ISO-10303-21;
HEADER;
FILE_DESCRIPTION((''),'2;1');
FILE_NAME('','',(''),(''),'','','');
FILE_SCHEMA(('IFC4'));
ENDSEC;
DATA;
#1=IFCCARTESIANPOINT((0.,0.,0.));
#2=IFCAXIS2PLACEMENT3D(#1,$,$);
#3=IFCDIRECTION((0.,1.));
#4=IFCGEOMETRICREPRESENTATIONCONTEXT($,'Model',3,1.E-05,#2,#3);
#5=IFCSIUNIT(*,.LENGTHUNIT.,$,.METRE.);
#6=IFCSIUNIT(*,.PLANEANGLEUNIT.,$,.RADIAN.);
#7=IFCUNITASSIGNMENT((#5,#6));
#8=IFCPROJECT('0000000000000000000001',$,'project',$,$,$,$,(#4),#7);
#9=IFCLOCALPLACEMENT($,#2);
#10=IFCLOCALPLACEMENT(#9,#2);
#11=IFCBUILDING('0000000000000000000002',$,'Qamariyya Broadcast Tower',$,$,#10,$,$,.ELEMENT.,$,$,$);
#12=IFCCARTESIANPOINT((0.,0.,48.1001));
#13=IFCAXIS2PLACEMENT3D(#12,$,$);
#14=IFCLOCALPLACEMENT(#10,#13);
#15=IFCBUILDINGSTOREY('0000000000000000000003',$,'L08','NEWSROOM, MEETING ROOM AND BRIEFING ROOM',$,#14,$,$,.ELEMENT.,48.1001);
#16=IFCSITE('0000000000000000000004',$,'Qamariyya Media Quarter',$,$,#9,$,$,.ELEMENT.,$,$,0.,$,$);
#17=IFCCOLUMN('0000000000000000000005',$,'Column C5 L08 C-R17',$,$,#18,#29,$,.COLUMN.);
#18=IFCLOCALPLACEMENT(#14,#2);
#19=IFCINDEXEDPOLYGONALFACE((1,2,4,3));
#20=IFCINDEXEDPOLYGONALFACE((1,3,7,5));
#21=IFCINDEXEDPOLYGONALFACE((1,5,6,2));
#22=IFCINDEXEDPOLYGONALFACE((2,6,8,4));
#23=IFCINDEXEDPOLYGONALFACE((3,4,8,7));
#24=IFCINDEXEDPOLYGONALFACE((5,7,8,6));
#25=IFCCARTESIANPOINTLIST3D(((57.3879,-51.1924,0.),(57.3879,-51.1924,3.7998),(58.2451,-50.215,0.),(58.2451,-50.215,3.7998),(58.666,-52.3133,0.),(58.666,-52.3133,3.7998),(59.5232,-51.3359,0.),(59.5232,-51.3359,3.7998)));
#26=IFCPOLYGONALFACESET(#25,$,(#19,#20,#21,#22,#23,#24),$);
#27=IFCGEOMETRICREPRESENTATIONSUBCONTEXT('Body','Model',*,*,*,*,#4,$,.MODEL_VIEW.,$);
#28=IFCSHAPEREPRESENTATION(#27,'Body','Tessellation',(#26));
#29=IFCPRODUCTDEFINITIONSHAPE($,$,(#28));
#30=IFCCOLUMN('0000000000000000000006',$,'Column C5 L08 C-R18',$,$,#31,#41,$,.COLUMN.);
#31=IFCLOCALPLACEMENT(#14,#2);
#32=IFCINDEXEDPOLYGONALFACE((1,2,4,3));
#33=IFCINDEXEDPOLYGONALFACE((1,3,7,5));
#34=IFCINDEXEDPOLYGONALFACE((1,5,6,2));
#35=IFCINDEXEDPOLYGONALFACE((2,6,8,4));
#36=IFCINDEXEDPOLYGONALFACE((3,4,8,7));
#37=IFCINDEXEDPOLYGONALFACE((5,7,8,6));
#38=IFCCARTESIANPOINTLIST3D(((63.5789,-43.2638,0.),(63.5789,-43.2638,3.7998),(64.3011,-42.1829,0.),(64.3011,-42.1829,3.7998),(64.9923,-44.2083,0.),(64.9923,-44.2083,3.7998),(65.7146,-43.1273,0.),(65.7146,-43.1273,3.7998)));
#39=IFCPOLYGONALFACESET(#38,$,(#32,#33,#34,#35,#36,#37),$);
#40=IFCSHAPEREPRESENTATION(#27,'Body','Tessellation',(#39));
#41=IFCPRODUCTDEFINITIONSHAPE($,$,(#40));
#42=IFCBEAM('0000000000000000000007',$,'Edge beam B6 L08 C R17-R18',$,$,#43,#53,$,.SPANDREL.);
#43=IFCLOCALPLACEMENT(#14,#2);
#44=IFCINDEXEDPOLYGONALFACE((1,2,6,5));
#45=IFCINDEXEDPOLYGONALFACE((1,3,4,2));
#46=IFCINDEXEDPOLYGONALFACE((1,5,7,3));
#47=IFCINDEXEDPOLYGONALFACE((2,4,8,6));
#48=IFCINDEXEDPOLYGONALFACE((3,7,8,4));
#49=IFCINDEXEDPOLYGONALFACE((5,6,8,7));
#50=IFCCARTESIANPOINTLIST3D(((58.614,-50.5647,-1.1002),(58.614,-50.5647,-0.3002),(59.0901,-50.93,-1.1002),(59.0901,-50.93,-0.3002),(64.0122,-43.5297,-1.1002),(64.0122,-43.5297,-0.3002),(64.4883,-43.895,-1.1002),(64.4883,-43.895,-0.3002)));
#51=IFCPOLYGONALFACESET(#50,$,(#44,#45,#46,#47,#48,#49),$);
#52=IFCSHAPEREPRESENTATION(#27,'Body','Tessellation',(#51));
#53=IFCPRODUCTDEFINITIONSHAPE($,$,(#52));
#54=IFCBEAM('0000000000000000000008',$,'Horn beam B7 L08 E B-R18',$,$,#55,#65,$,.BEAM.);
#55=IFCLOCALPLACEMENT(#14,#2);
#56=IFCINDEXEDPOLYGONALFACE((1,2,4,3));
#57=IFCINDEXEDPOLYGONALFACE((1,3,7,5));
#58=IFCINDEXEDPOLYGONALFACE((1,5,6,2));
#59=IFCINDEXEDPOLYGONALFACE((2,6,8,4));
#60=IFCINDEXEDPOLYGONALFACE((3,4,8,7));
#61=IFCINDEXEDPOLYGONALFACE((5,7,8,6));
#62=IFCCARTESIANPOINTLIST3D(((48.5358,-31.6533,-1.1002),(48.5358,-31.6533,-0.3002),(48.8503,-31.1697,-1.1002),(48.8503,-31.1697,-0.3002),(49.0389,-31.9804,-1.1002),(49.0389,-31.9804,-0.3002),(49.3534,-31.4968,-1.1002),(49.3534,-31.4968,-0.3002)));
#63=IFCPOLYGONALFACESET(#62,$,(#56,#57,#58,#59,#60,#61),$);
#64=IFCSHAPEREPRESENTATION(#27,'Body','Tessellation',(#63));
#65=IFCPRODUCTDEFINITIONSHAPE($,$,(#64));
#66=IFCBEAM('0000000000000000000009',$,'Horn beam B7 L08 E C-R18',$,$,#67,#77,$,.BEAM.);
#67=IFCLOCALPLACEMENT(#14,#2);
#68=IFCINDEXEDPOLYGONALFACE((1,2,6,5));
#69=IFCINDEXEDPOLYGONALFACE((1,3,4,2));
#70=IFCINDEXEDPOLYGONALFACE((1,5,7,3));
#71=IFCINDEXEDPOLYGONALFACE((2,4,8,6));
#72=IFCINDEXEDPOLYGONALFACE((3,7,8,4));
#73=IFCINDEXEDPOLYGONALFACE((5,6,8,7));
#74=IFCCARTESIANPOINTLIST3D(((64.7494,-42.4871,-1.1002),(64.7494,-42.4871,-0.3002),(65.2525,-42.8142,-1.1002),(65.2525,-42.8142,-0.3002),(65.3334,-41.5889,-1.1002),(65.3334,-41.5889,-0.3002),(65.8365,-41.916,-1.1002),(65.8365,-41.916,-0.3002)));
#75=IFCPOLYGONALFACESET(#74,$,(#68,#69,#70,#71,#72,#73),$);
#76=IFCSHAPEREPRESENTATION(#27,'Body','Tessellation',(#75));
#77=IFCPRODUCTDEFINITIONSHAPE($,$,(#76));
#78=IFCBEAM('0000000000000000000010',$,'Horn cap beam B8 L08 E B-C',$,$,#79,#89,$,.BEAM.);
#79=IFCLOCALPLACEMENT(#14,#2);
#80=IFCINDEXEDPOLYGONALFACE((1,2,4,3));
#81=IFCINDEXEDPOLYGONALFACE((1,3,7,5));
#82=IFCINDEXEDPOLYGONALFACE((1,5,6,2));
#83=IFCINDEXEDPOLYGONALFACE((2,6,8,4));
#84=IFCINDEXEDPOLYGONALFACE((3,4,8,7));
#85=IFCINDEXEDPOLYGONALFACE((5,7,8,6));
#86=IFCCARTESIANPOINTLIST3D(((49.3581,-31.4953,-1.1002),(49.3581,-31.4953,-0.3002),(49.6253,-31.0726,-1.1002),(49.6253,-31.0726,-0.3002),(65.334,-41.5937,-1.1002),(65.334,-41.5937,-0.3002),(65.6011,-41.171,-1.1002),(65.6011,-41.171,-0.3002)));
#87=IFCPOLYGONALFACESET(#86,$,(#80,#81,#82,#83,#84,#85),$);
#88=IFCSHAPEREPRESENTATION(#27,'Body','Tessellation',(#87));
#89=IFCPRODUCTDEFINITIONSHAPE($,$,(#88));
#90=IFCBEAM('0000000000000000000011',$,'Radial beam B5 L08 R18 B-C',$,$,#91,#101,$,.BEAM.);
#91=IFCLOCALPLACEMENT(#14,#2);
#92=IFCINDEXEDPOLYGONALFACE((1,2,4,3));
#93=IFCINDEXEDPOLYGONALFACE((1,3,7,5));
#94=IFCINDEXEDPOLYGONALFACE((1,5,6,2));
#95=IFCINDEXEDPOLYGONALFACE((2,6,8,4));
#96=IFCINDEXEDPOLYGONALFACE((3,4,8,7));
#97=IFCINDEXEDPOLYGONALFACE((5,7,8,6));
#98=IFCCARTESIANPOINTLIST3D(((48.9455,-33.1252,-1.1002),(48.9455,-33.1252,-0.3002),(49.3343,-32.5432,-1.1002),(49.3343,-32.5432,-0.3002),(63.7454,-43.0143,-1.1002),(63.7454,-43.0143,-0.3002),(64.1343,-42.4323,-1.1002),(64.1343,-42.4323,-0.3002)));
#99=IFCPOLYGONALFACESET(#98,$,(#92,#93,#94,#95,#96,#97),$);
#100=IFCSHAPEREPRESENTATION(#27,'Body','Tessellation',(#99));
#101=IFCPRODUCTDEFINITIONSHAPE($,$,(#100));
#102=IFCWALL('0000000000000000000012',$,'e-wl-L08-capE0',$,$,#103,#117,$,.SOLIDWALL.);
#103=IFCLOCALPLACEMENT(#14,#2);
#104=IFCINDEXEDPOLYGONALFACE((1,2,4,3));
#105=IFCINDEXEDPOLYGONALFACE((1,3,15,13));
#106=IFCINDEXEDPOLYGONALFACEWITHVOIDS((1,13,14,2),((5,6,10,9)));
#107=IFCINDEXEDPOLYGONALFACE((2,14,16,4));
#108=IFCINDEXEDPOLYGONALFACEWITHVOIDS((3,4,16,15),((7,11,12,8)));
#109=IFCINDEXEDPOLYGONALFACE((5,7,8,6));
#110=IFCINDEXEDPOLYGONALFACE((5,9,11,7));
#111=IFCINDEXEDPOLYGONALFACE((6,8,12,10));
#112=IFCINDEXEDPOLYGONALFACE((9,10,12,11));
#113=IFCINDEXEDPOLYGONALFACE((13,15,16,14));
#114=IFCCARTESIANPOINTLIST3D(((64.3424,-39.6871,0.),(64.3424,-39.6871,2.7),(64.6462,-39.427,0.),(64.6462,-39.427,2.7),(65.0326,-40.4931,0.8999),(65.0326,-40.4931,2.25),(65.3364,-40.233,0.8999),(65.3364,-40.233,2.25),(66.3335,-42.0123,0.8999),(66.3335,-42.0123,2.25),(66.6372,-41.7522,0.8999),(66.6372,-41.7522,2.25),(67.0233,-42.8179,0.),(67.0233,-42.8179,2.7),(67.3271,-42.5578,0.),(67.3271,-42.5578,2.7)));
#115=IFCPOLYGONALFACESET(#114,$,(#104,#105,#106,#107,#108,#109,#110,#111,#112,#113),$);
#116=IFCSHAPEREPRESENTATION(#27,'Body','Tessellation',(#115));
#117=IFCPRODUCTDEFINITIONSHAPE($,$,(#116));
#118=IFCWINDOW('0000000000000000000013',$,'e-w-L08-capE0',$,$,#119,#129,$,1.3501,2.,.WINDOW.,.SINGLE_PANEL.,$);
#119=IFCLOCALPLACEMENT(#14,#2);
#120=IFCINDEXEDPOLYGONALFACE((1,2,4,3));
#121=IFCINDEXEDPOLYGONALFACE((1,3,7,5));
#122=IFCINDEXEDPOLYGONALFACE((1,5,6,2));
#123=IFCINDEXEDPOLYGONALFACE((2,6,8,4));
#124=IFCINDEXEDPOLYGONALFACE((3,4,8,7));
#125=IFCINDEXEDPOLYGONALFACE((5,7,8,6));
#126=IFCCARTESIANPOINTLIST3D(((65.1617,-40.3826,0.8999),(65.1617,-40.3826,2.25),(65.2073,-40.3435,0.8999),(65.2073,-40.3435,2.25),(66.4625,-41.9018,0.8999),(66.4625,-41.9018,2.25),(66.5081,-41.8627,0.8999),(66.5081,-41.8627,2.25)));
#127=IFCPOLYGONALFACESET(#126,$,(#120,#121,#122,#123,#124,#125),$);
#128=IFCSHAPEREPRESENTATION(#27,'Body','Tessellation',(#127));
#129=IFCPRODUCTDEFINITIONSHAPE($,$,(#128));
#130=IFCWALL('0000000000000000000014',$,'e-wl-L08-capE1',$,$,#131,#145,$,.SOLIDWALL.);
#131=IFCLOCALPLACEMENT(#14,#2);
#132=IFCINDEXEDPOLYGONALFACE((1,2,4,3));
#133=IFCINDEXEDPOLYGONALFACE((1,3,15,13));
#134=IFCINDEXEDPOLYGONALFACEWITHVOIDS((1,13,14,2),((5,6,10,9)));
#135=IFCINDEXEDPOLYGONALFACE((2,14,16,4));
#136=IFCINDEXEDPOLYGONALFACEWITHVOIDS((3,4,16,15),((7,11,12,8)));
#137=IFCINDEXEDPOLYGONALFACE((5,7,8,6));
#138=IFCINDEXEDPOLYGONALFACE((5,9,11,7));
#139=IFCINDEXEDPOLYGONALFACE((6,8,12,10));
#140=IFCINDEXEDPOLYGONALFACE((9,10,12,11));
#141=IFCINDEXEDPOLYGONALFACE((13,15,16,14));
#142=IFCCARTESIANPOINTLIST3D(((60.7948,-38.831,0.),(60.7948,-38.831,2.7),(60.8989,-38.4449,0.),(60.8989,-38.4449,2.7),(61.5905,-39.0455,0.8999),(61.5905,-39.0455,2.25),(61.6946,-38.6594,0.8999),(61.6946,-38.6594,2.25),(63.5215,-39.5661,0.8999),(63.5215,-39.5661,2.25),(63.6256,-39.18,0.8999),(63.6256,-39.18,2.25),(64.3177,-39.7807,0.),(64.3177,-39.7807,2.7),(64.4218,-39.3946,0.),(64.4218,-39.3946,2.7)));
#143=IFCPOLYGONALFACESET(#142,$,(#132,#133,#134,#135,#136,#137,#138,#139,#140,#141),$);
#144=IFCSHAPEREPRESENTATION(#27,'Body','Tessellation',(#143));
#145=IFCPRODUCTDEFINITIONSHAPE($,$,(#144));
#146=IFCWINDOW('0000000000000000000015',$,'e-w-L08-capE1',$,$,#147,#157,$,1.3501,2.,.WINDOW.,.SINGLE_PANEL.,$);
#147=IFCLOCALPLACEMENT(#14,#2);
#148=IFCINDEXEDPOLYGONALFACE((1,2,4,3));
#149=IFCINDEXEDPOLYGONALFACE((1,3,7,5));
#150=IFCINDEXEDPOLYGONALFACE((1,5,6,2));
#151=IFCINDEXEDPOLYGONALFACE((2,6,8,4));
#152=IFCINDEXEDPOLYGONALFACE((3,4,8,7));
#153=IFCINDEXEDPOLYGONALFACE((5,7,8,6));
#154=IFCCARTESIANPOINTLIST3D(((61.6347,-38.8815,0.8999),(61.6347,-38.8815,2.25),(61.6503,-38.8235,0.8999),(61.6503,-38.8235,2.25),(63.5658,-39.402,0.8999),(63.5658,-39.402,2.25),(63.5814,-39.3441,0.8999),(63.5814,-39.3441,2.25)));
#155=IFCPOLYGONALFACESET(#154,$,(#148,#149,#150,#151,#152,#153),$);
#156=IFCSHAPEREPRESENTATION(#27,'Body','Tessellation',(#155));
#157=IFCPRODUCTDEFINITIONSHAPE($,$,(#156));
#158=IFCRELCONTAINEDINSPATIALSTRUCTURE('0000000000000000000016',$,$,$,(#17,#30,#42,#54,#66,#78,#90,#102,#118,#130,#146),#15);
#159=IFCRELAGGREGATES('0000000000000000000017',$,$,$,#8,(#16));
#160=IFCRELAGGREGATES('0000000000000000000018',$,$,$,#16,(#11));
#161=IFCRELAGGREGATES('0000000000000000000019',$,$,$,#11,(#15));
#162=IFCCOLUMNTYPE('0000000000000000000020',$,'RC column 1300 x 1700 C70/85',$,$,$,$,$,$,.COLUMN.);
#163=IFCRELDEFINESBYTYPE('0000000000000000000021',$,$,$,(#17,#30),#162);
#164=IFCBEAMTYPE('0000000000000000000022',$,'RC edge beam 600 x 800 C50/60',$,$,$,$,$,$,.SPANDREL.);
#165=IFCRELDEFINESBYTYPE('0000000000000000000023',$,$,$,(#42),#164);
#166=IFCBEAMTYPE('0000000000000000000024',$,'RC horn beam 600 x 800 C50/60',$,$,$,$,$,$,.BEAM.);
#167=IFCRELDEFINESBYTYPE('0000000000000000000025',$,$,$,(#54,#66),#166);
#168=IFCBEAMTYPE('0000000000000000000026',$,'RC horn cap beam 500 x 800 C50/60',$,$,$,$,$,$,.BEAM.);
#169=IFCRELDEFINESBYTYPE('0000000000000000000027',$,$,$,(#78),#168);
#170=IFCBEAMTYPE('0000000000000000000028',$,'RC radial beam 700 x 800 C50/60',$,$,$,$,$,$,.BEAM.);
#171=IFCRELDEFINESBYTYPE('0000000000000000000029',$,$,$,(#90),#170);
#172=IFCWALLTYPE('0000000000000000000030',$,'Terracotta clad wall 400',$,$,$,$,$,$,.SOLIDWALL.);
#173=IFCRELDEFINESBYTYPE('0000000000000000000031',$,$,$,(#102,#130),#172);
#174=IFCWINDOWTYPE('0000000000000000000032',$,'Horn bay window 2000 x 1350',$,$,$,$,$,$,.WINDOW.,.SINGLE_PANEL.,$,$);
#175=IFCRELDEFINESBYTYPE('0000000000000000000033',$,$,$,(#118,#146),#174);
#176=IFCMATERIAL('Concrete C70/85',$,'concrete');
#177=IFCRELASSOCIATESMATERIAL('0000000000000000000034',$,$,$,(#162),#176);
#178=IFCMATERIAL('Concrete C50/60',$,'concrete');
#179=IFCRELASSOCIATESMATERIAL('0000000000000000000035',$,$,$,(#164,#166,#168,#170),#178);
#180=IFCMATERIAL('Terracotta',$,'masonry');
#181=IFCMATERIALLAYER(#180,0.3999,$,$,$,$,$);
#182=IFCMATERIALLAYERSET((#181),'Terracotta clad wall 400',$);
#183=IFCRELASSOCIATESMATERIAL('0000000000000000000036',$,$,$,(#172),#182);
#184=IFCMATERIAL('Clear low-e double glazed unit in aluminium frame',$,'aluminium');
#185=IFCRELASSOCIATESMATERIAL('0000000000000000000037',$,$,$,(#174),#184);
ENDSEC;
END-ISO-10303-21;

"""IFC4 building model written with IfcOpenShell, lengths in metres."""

from ifc_helpers import new_model, si_unit, direction, frame, frame_2d, origin, origin_2d, place, context, subcontext, project, spatial, rectangle, extrude, material, layer, layer_set, material_profile, profile_set, type_object, element, fill, save


model = new_model("IFC4")

# Units and contexts
model_context = context("Model", 3, precision=1e-05, world=origin(), true_north=direction((0.0, 1.0)))
body_context = subcontext(model_context, "Body", "Model", "MODEL_VIEW")
ifc_project = project(units=[si_unit("LENGTHUNIT", "METRE"), si_unit("PLANEANGLEUNIT", "RADIAN")], contexts=[model_context])

# Site, building, storey
site_placement = place(None, origin())
site = spatial("IfcSite", under=ifc_project, at=site_placement, Name="Qamariyya Media Quarter", CompositionType="ELEMENT", RefElevation=0.0)
building_placement = place(site_placement, origin())
building = spatial("IfcBuilding", under=site, at=building_placement, Name="Qamariyya Broadcast Tower", CompositionType="ELEMENT")
storey_placement = place(building_placement, frame((0.0, 0.0, 48.1001)))
storey = spatial("IfcBuildingStorey", under=building, at=storey_placement, Name="L08", Description="NEWSROOM, MEETING ROOM AND BRIEFING ROOM", CompositionType="ELEMENT", Elevation=48.1001)

# Columns
ifc_material_1 = material(Name="Concrete C70/85", Category="concrete")
ifc_material_profile_1 = material_profile(ifc_material_1, rectangle(XDim=1.3, YDim=1.7, at=origin_2d()))
ifc_profile_set_1 = profile_set([ifc_material_profile_1], Name="Concrete C70/85")
column_type = type_object("IfcColumnType", Name="RC column 1300 x 1700 C70/85", PredefinedType="COLUMN", material=ifc_profile_set_1)
for number, where, z_axis, x_axis, name in (
    (1, (58.4556, -51.2642, 0.0), (0.0, 0.0, 1.0), (0.659346, 0.75184, 0.0), "Column C5 L08 C-R17"),
    (2, (64.6467, -43.1956, 0.0), (0.0, 0.0, 1.0), (0.55557, 0.83147, 0.0), "Column C5 L08 C-R18"),
):
    element("IfcColumn", number, at=place(storey_placement, frame(where, z_axis=z_axis, x_axis=x_axis)), inside=storey, type_object=column_type, Name=name, PredefinedType="COLUMN", context=body_context, shape_type="SweptSolid", body=[
        extrude(rectangle(XDim=1.3, YDim=1.7, at=origin_2d()), origin(), (0.0, 0.0, 1.0), 3.7998),
    ])

# Beams
ifc_material_2 = material(Name="Concrete C50/60", Category="concrete")
ifc_material_profile_2 = material_profile(ifc_material_2, rectangle(XDim=0.6001, YDim=0.8, at=origin_2d()))
ifc_profile_set_2 = profile_set([ifc_material_profile_2], Name="Concrete C50/60")
beam_type_1 = type_object("IfcBeamType", Name="RC edge beam 600 x 800 C50/60", PredefinedType="SPANDREL", material=ifc_profile_set_2)
beam_1_placement = place(storey_placement, frame((58.8521, -50.7473, -0.7002), z_axis=(0.60877, 0.793347, 0.0), x_axis=(-0.793347, 0.60877, 0.0)))
element("IfcBeam", 3, at=beam_1_placement, inside=storey, type_object=beam_type_1, Name="Edge beam B6 L08 C R17-R18", PredefinedType="SPANDREL", context=body_context, shape_type="SweptSolid", body=[
    extrude(rectangle(XDim=0.6001, YDim=0.8, at=origin_2d()), origin(), (0.0, 0.0, 1.0), 8.8674),
])
ifc_material_profile_3 = material_profile(ifc_material_2, rectangle(XDim=0.6001, YDim=0.8, at=origin_2d()))
ifc_profile_set_3 = profile_set([ifc_material_profile_3], Name="Concrete C50/60")
beam_type_2 = type_object("IfcBeamType", Name="RC horn beam 600 x 800 C50/60", PredefinedType="BEAM", material=ifc_profile_set_3)
beam_2_placement = place(storey_placement, frame((48.7874, -31.8169, -0.7002), z_axis=(0.545092, 0.838376, 0.0), x_axis=(-0.838376, 0.545092, 0.0)))
element("IfcBeam", 4, at=beam_2_placement, inside=storey, type_object=beam_type_2, Name="Horn beam B7 L08 E B-R18", PredefinedType="BEAM", context=body_context, shape_type="SweptSolid", body=[
    extrude(rectangle(XDim=0.6001, YDim=0.8, at=origin_2d()), origin(), (0.0, 0.0, 1.0), 0.5769),
])
beam_3_placement = place(storey_placement, frame((65.001, -42.6506, -0.7002), z_axis=(0.545092, 0.838376, 0.0), x_axis=(-0.838376, 0.545092, 0.0)))
element("IfcBeam", 5, at=beam_3_placement, inside=storey, type_object=beam_type_2, Name="Horn beam B7 L08 E C-R18", PredefinedType="BEAM", context=body_context, shape_type="SweptSolid", body=[
    extrude(rectangle(XDim=0.6001, YDim=0.8, at=origin_2d()), origin(), (0.0, 0.0, 1.0), 1.0713),
])
ifc_material_profile_4 = material_profile(ifc_material_2, rectangle(XDim=0.5, YDim=0.8, at=origin_2d()))
ifc_profile_set_4 = profile_set([ifc_material_profile_4], Name="Concrete C50/60")
beam_type_3 = type_object("IfcBeamType", Name="RC horn cap beam 500 x 800 C50/60", PredefinedType="BEAM", material=ifc_profile_set_4)
beam_4_placement = place(storey_placement, frame((49.4917, -31.2839, -0.7002), z_axis=(0.845288, -0.53431, 0.0), x_axis=(0.53431, 0.845288, 0.0)))
element("IfcBeam", 6, at=beam_4_placement, inside=storey, type_object=beam_type_3, Name="Horn cap beam B8 L08 E B-C", PredefinedType="BEAM", context=body_context, shape_type="SweptSolid", body=[
    extrude(rectangle(XDim=0.5, YDim=0.8, at=origin_2d()), origin(), (0.0, 0.0, 1.0), 18.8999),
])
ifc_material_profile_5 = material_profile(ifc_material_2, rectangle(XDim=0.7, YDim=0.8, at=origin_2d()))
ifc_profile_set_5 = profile_set([ifc_material_profile_5], Name="Concrete C50/60")
beam_type_4 = type_object("IfcBeamType", Name="RC radial beam 700 x 800 C50/60", PredefinedType="BEAM", material=ifc_profile_set_5)
beam_5_placement = place(storey_placement, frame((49.1399, -32.8342, -0.7002), z_axis=(0.831467, -0.555573, 0.0), x_axis=(0.555573, 0.831467, 0.0)))
element("IfcBeam", 7, at=beam_5_placement, inside=storey, type_object=beam_type_4, Name="Radial beam B5 L08 R18 B-C", PredefinedType="BEAM", context=body_context, shape_type="SweptSolid", body=[
    extrude(rectangle(XDim=0.7, YDim=0.8, at=origin_2d()), origin(), (0.0, 0.0, 1.0), 17.7998),
])

# Walls, openings, windows
ifc_material_3 = material(Name="Terracotta", Category="masonry")
ifc_layer = layer(ifc_material_3, 0.3999)
ifc_layer_set = layer_set([ifc_layer], Name="Terracotta clad wall 400")
wall_type = type_object("IfcWallType", Name="Terracotta clad wall 400", PredefinedType="SOLIDWALL", material=ifc_layer_set)
wall_1_placement = place(storey_placement, frame((67.1753, -42.688, 0.0), z_axis=(0.0, 0.0, 1.0), x_axis=(-0.650416, 0.759578, 0.0)))
wall_1 = element("IfcWall", 8, at=wall_1_placement, inside=storey, type_object=wall_type, Name="e-wl-L08-capE0", PredefinedType="SOLIDWALL", context=body_context, shape_type="SweptSolid", body=[
    extrude(rectangle(XDim=4.1218, YDim=0.3999, at=frame_2d((2.061, 0.0))), origin(), (0.0, 0.0, 1.0), 2.7),
])
opening_1_placement = place(wall_1_placement, frame((1.0608, 0.0, 0.8999)))
opening_1 = element("IfcOpeningElement", 9, at=opening_1_placement, cuts=wall_1, PredefinedType="OPENING", context=body_context, shape_type="SweptSolid", body=[
    extrude(rectangle(XDim=2.0, YDim=1.3501, at=frame_2d((1.0, 0.675))), frame((0.0, 0.21, 0.0), z_axis=(0.0, -1.0, 0.0), x_axis=(1.0, 0.0, 0.0)), (0.0, 0.0, 1.0), 0.4199),
])
ifc_material_4 = material(Name="Clear low-e double glazed unit in aluminium frame", Category="aluminium")
window_type = type_object("IfcWindowType", Name="Horn bay window 2000 x 1350", PartitioningType="SINGLE_PANEL", PredefinedType="WINDOW", material=ifc_material_4)
window_1_placement = place(opening_1_placement, origin())
window_1 = element("IfcWindow", 10, at=window_1_placement, inside=storey, type_object=window_type, Name="e-w-L08-capE0", OverallHeight=1.3501, OverallWidth=2.0, PartitioningType="SINGLE_PANEL", PredefinedType="WINDOW", context=body_context, shape_type="SweptSolid", body=[
    extrude(rectangle(XDim=2.0, YDim=1.3501, at=frame_2d((1.0, 0.675))), frame((0.0, 0.03, 0.0), z_axis=(0.0, -1.0, 0.0), x_axis=(1.0, 0.0, 0.0)), (0.0, 0.0, 1.0), 0.0601),
])
fill(opening_1, window_1)
wall_2_placement = place(storey_placement, frame((64.3696, -39.5876, 0.0), z_axis=(0.0, 0.0, 1.0), x_axis=(-0.965532, 0.260285, 0.0)))
wall_2 = element("IfcWall", 11, at=wall_2_placement, inside=storey, type_object=wall_type, Name="e-wl-L08-capE1", PredefinedType="SOLIDWALL", context=body_context, shape_type="SweptSolid", body=[
    extrude(rectangle(XDim=3.6487, YDim=0.3999, at=frame_2d((1.8242, 0.0))), origin(), (0.0, 0.0, 1.0), 2.7),
])
opening_2_placement = place(wall_2_placement, frame((0.8245, 0.0, 0.8999)))
opening_2 = element("IfcOpeningElement", 12, at=opening_2_placement, cuts=wall_2, PredefinedType="OPENING", context=body_context, shape_type="SweptSolid", body=[
    extrude(rectangle(XDim=2.0, YDim=1.3501, at=frame_2d((1.0, 0.675))), frame((0.0, 0.21, 0.0), z_axis=(0.0, -1.0, 0.0), x_axis=(1.0, 0.0, 0.0)), (0.0, 0.0, 1.0), 0.4199),
])
window_2_placement = place(opening_2_placement, origin())
window_2 = element("IfcWindow", 13, at=window_2_placement, inside=storey, type_object=window_type, Name="e-w-L08-capE1", OverallHeight=1.3501, OverallWidth=2.0, PartitioningType="SINGLE_PANEL", PredefinedType="WINDOW", context=body_context, shape_type="SweptSolid", body=[
    extrude(rectangle(XDim=2.0, YDim=1.3501, at=frame_2d((1.0, 0.675))), frame((0.0, 0.03, 0.0), z_axis=(0.0, -1.0, 0.0), x_axis=(1.0, 0.0, 0.0)), (0.0, 0.0, 1.0), 0.0601),
])
fill(opening_2, window_2)

save(model, "model.ifc")
